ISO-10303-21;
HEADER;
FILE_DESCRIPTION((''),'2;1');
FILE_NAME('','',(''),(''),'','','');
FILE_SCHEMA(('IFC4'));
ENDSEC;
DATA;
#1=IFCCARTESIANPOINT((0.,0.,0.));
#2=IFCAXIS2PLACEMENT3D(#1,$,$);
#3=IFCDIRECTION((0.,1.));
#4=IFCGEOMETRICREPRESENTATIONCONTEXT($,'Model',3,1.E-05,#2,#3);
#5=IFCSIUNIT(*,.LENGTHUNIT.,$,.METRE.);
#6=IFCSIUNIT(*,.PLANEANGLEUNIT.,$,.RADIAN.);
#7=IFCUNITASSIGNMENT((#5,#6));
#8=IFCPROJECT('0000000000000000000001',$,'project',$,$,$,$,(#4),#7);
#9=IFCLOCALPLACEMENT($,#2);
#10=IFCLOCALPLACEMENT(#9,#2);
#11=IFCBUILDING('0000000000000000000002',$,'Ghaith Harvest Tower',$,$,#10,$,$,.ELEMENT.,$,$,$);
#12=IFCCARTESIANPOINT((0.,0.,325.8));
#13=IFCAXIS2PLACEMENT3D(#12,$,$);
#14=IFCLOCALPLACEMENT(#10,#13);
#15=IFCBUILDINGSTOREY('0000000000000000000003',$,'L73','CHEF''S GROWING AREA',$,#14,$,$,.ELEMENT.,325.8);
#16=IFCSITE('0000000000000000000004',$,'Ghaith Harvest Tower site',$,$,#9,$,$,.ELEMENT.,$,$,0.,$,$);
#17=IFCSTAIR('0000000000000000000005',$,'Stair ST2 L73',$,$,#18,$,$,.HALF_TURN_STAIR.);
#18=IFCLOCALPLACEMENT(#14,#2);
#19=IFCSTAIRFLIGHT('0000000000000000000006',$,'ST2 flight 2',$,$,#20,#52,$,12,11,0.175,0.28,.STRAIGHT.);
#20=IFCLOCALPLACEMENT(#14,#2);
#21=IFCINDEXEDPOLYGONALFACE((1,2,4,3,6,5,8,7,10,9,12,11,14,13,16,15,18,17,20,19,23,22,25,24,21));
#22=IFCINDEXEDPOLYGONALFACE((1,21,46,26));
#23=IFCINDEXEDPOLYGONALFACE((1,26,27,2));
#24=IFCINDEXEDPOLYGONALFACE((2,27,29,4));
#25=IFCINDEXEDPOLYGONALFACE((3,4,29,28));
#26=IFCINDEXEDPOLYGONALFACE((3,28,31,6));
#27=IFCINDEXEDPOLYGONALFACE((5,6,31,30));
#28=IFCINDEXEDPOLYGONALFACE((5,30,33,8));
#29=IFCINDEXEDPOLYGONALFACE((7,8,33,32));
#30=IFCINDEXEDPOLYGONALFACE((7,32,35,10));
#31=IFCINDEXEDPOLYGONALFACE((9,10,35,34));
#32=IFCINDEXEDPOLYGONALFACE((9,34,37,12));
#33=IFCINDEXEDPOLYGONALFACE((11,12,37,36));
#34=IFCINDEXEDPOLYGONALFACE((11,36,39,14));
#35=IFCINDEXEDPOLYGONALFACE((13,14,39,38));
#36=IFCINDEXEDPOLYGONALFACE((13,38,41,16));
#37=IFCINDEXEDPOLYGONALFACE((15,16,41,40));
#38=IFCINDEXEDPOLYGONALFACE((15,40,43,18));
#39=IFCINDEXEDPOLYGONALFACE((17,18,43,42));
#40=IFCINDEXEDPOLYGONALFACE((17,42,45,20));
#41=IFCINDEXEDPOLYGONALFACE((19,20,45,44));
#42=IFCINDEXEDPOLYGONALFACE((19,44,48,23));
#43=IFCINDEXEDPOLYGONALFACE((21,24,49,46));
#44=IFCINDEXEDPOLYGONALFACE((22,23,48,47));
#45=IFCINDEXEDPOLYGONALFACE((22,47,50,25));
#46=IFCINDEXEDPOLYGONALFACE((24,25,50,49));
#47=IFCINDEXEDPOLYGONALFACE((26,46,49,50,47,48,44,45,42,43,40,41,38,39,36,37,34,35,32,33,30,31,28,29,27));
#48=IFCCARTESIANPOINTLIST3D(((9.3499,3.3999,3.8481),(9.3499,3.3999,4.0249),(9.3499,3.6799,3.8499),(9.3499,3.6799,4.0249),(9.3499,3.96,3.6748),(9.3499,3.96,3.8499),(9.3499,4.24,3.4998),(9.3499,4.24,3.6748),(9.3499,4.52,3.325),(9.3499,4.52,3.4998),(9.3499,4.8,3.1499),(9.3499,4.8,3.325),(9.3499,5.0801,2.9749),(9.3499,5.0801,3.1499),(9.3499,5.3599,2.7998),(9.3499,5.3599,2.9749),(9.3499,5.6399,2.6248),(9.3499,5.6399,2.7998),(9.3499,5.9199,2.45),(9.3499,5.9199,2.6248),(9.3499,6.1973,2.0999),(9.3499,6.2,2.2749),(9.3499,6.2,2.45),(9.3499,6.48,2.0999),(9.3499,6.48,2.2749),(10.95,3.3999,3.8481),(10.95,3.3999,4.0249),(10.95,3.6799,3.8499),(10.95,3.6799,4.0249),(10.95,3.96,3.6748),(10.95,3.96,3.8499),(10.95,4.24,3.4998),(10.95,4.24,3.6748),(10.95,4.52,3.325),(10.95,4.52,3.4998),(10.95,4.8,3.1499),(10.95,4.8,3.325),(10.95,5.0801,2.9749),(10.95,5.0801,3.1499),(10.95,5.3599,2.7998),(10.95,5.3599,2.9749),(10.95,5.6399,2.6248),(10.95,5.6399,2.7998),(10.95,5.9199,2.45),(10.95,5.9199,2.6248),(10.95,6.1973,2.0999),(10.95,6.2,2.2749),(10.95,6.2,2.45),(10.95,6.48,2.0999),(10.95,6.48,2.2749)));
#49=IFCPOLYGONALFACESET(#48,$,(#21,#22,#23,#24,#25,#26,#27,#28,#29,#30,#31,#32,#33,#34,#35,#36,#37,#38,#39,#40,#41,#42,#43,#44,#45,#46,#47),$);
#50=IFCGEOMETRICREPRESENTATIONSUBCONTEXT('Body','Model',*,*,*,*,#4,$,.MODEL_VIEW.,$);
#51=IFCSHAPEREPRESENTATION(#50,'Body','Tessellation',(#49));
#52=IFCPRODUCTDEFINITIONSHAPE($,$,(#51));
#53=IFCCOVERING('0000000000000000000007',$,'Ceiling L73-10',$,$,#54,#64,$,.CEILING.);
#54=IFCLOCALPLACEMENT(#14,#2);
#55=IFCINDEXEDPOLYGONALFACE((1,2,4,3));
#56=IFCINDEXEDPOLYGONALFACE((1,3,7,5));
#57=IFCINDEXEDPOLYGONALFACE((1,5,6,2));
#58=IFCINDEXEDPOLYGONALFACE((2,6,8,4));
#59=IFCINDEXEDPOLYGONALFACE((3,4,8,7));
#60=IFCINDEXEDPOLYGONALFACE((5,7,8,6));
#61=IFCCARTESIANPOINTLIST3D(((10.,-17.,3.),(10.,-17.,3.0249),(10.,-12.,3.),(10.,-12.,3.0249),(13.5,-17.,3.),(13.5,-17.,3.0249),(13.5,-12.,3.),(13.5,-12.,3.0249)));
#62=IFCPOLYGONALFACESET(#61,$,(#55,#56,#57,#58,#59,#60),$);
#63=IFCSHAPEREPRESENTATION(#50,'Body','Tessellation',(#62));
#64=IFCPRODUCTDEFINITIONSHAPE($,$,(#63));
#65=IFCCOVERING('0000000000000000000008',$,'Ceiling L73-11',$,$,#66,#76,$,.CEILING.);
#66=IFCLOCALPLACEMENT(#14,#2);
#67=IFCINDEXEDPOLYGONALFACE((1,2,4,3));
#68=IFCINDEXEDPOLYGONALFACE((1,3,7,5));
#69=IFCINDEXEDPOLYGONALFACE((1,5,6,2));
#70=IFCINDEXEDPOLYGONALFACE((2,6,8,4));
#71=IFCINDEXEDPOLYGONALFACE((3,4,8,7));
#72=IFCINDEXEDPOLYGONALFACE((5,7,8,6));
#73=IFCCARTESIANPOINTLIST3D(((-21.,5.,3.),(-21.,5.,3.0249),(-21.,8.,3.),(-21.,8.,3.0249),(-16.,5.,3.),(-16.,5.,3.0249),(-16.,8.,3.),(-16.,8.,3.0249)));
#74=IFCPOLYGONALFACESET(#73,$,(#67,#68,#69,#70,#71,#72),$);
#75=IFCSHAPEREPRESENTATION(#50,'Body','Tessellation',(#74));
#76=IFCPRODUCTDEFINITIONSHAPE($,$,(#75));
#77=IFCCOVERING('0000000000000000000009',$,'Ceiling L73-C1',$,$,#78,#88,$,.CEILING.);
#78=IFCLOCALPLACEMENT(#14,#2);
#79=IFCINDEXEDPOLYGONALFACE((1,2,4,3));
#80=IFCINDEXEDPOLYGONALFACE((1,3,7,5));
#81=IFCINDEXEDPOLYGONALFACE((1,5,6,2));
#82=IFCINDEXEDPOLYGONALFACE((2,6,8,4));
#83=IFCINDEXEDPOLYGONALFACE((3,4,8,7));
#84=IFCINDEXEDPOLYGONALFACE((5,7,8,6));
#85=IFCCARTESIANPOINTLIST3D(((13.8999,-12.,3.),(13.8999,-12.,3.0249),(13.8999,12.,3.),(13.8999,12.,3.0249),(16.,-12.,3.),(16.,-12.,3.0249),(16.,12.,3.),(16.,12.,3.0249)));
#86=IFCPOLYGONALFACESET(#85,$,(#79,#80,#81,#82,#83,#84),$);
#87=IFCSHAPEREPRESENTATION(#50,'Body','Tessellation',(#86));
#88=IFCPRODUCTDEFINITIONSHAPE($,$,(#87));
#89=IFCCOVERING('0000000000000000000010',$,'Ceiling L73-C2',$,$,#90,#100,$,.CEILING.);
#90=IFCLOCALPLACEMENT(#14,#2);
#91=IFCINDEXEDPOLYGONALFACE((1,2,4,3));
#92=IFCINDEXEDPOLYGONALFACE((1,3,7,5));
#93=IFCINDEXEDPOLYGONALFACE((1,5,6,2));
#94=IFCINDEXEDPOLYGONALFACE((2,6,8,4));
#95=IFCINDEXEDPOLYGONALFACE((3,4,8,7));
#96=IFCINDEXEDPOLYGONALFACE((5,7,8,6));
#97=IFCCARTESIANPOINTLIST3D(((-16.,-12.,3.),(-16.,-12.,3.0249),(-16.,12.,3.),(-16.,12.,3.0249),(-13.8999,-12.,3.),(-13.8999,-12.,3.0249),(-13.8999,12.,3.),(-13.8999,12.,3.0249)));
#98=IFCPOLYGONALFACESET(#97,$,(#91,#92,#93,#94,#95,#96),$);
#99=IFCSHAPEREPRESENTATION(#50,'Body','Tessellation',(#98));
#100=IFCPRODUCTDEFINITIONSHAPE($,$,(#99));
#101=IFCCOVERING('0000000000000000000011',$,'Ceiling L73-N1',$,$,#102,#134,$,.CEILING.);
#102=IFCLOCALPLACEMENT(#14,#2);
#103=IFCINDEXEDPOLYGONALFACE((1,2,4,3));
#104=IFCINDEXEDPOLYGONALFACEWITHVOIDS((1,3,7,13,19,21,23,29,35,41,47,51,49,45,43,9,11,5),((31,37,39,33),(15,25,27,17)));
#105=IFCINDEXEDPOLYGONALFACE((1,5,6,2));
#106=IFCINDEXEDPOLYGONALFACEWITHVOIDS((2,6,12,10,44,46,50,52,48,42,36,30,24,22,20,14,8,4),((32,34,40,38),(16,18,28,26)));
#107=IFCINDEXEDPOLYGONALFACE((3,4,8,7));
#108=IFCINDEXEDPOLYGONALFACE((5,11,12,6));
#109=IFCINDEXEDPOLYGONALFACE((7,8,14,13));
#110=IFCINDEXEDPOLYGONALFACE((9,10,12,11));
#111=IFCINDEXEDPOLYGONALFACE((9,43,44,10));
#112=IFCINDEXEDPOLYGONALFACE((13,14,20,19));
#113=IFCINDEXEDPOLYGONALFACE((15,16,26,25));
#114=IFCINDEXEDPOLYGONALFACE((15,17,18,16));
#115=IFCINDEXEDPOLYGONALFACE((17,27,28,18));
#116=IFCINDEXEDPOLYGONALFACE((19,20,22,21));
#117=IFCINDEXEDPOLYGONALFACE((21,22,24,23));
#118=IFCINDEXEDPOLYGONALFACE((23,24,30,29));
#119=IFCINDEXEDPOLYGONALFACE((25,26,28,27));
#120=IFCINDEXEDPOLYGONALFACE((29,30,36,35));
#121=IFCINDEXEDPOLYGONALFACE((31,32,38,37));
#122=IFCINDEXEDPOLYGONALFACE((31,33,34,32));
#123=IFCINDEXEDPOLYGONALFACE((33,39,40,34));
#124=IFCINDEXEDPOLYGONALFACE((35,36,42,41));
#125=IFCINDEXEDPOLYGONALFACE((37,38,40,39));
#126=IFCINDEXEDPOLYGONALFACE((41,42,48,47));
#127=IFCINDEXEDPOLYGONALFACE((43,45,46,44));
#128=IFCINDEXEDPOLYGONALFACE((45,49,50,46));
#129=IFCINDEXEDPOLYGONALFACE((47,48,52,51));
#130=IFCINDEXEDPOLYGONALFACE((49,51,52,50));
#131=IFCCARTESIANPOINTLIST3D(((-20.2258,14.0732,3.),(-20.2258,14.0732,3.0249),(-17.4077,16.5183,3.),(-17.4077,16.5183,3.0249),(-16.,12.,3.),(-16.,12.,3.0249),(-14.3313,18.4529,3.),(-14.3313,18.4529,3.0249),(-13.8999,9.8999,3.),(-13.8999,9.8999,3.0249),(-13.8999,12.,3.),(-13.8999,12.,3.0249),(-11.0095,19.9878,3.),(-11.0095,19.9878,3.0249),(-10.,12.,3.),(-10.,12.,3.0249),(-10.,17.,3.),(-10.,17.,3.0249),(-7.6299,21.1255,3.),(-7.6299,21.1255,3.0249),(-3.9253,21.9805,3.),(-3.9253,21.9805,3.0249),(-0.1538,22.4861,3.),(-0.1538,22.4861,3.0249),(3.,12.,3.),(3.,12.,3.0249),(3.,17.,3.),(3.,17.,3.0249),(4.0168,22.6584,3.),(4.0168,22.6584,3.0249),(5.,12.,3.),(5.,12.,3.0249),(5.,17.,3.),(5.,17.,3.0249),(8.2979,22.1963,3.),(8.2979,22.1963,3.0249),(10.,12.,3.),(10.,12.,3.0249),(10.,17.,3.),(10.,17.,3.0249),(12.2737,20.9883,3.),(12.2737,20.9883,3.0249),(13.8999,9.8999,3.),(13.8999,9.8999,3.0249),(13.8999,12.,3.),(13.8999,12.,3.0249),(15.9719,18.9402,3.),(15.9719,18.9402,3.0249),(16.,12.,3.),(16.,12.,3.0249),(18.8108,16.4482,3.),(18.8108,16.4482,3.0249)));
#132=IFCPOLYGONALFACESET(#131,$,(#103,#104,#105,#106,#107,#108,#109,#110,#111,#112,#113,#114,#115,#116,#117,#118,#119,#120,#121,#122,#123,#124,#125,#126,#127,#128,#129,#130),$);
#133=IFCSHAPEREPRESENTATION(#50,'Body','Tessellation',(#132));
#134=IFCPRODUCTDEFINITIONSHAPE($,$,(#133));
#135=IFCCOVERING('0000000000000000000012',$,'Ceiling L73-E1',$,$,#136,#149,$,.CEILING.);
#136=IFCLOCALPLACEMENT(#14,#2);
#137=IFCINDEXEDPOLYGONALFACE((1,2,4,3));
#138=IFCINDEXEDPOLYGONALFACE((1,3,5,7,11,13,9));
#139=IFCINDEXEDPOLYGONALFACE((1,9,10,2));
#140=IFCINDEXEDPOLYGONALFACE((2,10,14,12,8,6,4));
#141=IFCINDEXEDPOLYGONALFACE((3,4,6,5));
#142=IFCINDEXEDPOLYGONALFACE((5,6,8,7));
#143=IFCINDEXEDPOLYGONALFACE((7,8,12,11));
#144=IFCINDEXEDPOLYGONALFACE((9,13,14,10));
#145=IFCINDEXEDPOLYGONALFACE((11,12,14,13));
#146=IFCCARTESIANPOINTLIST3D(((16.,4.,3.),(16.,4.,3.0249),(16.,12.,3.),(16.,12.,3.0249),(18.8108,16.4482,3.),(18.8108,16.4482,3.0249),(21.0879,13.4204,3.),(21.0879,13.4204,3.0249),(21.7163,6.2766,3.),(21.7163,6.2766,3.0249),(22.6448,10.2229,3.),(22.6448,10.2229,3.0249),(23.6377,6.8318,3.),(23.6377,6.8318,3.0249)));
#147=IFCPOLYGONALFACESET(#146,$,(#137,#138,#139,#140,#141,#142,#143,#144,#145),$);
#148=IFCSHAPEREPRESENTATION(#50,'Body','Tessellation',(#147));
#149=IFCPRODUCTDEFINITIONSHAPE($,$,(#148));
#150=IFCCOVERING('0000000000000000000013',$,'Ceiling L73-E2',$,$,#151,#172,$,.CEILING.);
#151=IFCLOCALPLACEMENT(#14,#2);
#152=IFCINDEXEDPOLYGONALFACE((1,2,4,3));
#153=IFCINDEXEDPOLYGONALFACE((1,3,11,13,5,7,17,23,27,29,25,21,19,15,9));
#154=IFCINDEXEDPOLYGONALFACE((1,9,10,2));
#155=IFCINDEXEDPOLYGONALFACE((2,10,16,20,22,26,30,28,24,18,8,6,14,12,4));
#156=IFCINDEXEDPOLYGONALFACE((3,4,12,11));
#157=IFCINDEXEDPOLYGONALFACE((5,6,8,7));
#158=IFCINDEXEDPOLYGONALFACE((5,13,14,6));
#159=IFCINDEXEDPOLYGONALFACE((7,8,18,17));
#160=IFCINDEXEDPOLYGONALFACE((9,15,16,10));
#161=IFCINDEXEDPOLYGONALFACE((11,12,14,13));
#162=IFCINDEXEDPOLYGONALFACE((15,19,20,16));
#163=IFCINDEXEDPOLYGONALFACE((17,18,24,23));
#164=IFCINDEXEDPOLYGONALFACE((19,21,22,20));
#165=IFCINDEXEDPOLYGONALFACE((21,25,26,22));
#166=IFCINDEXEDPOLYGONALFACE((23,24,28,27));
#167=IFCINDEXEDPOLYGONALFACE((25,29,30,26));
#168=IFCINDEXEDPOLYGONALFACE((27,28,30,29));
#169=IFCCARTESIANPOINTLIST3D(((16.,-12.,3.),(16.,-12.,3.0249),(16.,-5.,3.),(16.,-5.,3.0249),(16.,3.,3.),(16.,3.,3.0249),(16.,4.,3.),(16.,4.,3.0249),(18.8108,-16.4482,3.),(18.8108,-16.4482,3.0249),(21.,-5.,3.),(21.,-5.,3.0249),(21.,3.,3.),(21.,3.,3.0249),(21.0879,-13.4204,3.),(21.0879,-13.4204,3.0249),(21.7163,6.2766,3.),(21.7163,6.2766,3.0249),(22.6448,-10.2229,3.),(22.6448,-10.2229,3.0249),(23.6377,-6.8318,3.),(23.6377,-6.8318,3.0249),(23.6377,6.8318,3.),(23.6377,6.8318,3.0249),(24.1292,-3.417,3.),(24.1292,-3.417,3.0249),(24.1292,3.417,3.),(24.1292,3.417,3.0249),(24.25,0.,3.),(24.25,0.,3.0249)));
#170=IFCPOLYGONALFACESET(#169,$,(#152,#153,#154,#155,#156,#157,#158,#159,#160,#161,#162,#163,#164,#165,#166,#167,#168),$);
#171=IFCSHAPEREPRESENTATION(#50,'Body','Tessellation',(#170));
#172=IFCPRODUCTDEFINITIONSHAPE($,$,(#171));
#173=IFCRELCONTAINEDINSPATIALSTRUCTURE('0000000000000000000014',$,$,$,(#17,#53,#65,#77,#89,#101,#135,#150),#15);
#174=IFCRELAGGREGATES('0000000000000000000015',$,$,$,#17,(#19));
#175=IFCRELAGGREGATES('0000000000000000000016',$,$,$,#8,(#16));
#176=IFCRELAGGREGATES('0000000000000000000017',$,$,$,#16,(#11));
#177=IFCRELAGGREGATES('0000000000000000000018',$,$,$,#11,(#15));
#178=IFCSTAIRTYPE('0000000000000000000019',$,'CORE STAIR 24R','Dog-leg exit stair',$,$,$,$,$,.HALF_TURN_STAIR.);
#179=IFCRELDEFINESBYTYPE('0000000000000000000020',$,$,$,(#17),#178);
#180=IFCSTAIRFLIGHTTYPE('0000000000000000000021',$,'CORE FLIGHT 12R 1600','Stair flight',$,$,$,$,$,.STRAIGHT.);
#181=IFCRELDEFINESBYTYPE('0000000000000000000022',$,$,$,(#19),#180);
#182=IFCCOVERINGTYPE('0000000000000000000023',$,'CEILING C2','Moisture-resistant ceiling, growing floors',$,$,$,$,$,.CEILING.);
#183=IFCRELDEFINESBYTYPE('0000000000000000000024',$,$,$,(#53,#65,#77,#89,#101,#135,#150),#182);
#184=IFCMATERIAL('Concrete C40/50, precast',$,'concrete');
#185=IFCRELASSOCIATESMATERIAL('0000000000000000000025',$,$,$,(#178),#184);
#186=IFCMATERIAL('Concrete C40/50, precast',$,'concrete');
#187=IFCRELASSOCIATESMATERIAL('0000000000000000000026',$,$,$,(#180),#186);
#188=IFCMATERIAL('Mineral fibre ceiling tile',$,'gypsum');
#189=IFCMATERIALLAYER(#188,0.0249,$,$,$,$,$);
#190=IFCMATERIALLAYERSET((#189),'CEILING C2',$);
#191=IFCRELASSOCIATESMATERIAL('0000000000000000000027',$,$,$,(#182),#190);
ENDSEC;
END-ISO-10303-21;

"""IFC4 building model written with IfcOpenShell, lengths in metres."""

from ifc_helpers import new_model, si_unit, direction, frame, origin, place, context, subcontext, project, spatial, polyline, outline, extrude, material, layer, layer_set, type_object, element, aggregate, save


model = new_model("IFC4")

# Units and contexts
model_context = context("Model", 3, precision=1e-05, world=origin(), true_north=direction((0.0, 1.0)))
body_context = subcontext(model_context, "Body", "Model", "MODEL_VIEW")
ifc_project = project(units=[si_unit("LENGTHUNIT", "METRE"), si_unit("PLANEANGLEUNIT", "RADIAN")], contexts=[model_context])

# Site, building, storey
site_placement = place(None, origin())
site = spatial("IfcSite", under=ifc_project, at=site_placement, Name="Ghaith Harvest Tower site", CompositionType="ELEMENT", RefElevation=0.0)
building_placement = place(site_placement, origin())
building = spatial("IfcBuilding", under=site, at=building_placement, Name="Ghaith Harvest Tower", CompositionType="ELEMENT")
storey_placement = place(building_placement, frame((0.0, 0.0, 325.8)))
storey = spatial("IfcBuildingStorey", under=building, at=storey_placement, Name="L73", Description="CHEF'S GROWING AREA", CompositionType="ELEMENT", Elevation=325.8)

# Stair, stair flight
ifc_material_1 = material(Name="Concrete C40/50, precast", Category="concrete")
stair_type = type_object("IfcStairType", Name="CORE STAIR 24R", Description="Dog-leg exit stair", PredefinedType="HALF_TURN_STAIR", material=ifc_material_1)
stair_placement = place(storey_placement, origin())
stair = element("IfcStair", 1, at=stair_placement, inside=storey, type_object=stair_type, Name="Stair ST2 L73", PredefinedType="HALF_TURN_STAIR")
ifc_material_2 = material(Name="Concrete C40/50, precast", Category="concrete")
stair_flight_type = type_object("IfcStairFlightType", Name="CORE FLIGHT 12R 1600", Description="Stair flight", PredefinedType="STRAIGHT", material=ifc_material_2)
stair_flight_1_placement = place(storey_placement, frame((10.1499, 6.48, 2.0999), z_axis=(0.0, 0.0, 1.0), x_axis=(0.0, -1.0, 0.0)))
stair_flight_1 = element("IfcStairFlight", 2, at=stair_flight_1_placement, type_object=stair_flight_type, Name="ST2 flight 2", NumberOfRisers=12, NumberOfTreads=11, PredefinedType="STRAIGHT", RiserHeight=0.175, TreadLength=0.28, context=body_context, shape_type="SweptSolid", body=[
    extrude(outline(polyline([(0.0, 0.0), (0.0, 0.175), (0.28, 0.175), (0.28, 0.3501), (0.5601, 0.3501), (0.5601, 0.5249), (0.8401, 0.5249), (0.8401, 0.7), (1.1201, 0.7), (1.1201, 0.875), (1.3999, 0.875), (1.3999, 1.05), (1.6799, 1.05), (1.6799, 1.2251), (1.96, 1.2251), (1.96, 1.3999), (2.24, 1.3999), (2.24, 1.575), (2.52, 1.575), (2.52, 1.75), (2.8, 1.75), (2.8, 1.925), (3.0801, 1.925), (3.0801, 2.1001), (3.0801, 1.7483), (0.2827, 0.0), (0.0, 0.0)])), frame((0.0, 0.8, 0.0), z_axis=(0.0, -1.0, 0.0), x_axis=(1.0, 0.0, 0.0)), (0.0, 0.0, 1.0), 1.6001),
])
aggregate(stair, [stair_flight_1])

# Coverings
ifc_material_3 = material(Name="Mineral fibre ceiling tile", Category="gypsum")
ifc_layer_1 = layer(ifc_material_3, 0.0249)
ifc_layer_set_1 = layer_set([ifc_layer_1], Name="CEILING C2")
covering_type = type_object("IfcCoveringType", Name="CEILING C2", Description="Moisture-resistant ceiling, growing floors", PredefinedType="CEILING", material=ifc_layer_set_1)
covering_1_placement = place(storey_placement, frame((0.0, 0.0, 3.0)))
element("IfcCovering", 3, at=covering_1_placement, inside=storey, type_object=covering_type, Name="Ceiling L73-10", PredefinedType="CEILING", context=body_context, shape_type="SweptSolid", body=[
    extrude(outline(polyline([(10.0, -17.0), (13.5, -17.0), (13.5, -12.0), (10.0, -12.0), (10.0, -17.0)])), origin(), (0.0, 0.0, 1.0), 0.0249),
])
covering_2_placement = place(storey_placement, frame((0.0, 0.0, 3.0)))
element("IfcCovering", 4, at=covering_2_placement, inside=storey, type_object=covering_type, Name="Ceiling L73-11", PredefinedType="CEILING", context=body_context, shape_type="SweptSolid", body=[
    extrude(outline(polyline([(-21.0, 5.0), (-16.0, 5.0), (-16.0, 8.0), (-21.0, 8.0), (-21.0, 5.0)])), origin(), (0.0, 0.0, 1.0), 0.0249),
])
covering_3_placement = place(storey_placement, frame((0.0, 0.0, 3.0)))
element("IfcCovering", 5, at=covering_3_placement, inside=storey, type_object=covering_type, Name="Ceiling L73-C1", PredefinedType="CEILING", context=body_context, shape_type="SweptSolid", body=[
    extrude(outline(polyline([(13.8999, -12.0), (13.8999, 12.0), (16.0, 12.0), (16.0, -12.0), (13.8999, -12.0)])), origin(), (0.0, 0.0, 1.0), 0.0249),
])
covering_4_placement = place(storey_placement, frame((0.0, 0.0, 3.0)))
element("IfcCovering", 6, at=covering_4_placement, inside=storey, type_object=covering_type, Name="Ceiling L73-C2", PredefinedType="CEILING", context=body_context, shape_type="SweptSolid", body=[
    extrude(outline(polyline([(-13.8999, 12.0), (-13.8999, -12.0), (-16.0, -12.0), (-16.0, 12.0), (-13.8999, 12.0)])), origin(), (0.0, 0.0, 1.0), 0.0249),
])
covering_5_placement = place(storey_placement, frame((0.0, 0.0, 3.0)))
element("IfcCovering", 7, at=covering_5_placement, inside=storey, type_object=covering_type, Name="Ceiling L73-N1", PredefinedType="CEILING", context=body_context, shape_type="SweptSolid", body=[
    extrude(outline(polyline([(-17.4077, 16.5183), (-14.3313, 18.4529), (-11.0095, 19.9878), (-7.6299, 21.1255), (-3.9253, 21.9805), (-0.1538, 22.4861), (4.0168, 22.6584), (8.2979, 22.1963), (12.2737, 20.9883), (15.9719, 18.9402), (18.8108, 16.4482), (16.0, 12.0), (13.8999, 12.0), (13.8999, 9.8999), (-13.8999, 9.8999), (-13.8999, 12.0), (-16.0, 12.0), (-20.2258, 14.0732), (-17.4077, 16.5183)]), holes=[polyline([(3.0, 17.0), (-10.0, 17.0), (-10.0, 12.0), (3.0, 12.0), (3.0, 17.0)]), polyline([(5.0, 17.0), (5.0, 12.0), (10.0, 12.0), (10.0, 17.0), (5.0, 17.0)])]), origin(), (0.0, 0.0, 1.0), 0.0249),
])
covering_6_placement = place(storey_placement, frame((0.0, 0.0, 3.0)))
element("IfcCovering", 8, at=covering_6_placement, inside=storey, type_object=covering_type, Name="Ceiling L73-E1", PredefinedType="CEILING", context=body_context, shape_type="SweptSolid", body=[
    extrude(outline(polyline([(21.0879, 13.4204), (22.6448, 10.2229), (23.6377, 6.8318), (21.7163, 6.2766), (16.0, 4.0), (16.0, 12.0), (18.8108, 16.4482), (21.0879, 13.4204)])), origin(), (0.0, 0.0, 1.0), 0.0249),
])
covering_7_placement = place(storey_placement, frame((0.0, 0.0, 3.0)))
element("IfcCovering", 9, at=covering_7_placement, inside=storey, type_object=covering_type, Name="Ceiling L73-E2", PredefinedType="CEILING", context=body_context, shape_type="SweptSolid", body=[
    extrude(outline(polyline([(23.6377, 6.8318), (23.6377, 6.8318), (24.1292, 3.417), (24.25, 0.0), (24.1292, -3.417), (23.6377, -6.8318), (22.6448, -10.2229), (21.0879, -13.4204), (18.8108, -16.4482), (16.0, -12.0), (16.0, -5.0), (21.0, -5.0), (21.0, 3.0), (16.0, 3.0), (16.0, 4.0), (21.7163, 6.2766), (23.6377, 6.8318)])), origin(), (0.0, 0.0, 1.0), 0.0249),
])

save(model, "model.ifc")
